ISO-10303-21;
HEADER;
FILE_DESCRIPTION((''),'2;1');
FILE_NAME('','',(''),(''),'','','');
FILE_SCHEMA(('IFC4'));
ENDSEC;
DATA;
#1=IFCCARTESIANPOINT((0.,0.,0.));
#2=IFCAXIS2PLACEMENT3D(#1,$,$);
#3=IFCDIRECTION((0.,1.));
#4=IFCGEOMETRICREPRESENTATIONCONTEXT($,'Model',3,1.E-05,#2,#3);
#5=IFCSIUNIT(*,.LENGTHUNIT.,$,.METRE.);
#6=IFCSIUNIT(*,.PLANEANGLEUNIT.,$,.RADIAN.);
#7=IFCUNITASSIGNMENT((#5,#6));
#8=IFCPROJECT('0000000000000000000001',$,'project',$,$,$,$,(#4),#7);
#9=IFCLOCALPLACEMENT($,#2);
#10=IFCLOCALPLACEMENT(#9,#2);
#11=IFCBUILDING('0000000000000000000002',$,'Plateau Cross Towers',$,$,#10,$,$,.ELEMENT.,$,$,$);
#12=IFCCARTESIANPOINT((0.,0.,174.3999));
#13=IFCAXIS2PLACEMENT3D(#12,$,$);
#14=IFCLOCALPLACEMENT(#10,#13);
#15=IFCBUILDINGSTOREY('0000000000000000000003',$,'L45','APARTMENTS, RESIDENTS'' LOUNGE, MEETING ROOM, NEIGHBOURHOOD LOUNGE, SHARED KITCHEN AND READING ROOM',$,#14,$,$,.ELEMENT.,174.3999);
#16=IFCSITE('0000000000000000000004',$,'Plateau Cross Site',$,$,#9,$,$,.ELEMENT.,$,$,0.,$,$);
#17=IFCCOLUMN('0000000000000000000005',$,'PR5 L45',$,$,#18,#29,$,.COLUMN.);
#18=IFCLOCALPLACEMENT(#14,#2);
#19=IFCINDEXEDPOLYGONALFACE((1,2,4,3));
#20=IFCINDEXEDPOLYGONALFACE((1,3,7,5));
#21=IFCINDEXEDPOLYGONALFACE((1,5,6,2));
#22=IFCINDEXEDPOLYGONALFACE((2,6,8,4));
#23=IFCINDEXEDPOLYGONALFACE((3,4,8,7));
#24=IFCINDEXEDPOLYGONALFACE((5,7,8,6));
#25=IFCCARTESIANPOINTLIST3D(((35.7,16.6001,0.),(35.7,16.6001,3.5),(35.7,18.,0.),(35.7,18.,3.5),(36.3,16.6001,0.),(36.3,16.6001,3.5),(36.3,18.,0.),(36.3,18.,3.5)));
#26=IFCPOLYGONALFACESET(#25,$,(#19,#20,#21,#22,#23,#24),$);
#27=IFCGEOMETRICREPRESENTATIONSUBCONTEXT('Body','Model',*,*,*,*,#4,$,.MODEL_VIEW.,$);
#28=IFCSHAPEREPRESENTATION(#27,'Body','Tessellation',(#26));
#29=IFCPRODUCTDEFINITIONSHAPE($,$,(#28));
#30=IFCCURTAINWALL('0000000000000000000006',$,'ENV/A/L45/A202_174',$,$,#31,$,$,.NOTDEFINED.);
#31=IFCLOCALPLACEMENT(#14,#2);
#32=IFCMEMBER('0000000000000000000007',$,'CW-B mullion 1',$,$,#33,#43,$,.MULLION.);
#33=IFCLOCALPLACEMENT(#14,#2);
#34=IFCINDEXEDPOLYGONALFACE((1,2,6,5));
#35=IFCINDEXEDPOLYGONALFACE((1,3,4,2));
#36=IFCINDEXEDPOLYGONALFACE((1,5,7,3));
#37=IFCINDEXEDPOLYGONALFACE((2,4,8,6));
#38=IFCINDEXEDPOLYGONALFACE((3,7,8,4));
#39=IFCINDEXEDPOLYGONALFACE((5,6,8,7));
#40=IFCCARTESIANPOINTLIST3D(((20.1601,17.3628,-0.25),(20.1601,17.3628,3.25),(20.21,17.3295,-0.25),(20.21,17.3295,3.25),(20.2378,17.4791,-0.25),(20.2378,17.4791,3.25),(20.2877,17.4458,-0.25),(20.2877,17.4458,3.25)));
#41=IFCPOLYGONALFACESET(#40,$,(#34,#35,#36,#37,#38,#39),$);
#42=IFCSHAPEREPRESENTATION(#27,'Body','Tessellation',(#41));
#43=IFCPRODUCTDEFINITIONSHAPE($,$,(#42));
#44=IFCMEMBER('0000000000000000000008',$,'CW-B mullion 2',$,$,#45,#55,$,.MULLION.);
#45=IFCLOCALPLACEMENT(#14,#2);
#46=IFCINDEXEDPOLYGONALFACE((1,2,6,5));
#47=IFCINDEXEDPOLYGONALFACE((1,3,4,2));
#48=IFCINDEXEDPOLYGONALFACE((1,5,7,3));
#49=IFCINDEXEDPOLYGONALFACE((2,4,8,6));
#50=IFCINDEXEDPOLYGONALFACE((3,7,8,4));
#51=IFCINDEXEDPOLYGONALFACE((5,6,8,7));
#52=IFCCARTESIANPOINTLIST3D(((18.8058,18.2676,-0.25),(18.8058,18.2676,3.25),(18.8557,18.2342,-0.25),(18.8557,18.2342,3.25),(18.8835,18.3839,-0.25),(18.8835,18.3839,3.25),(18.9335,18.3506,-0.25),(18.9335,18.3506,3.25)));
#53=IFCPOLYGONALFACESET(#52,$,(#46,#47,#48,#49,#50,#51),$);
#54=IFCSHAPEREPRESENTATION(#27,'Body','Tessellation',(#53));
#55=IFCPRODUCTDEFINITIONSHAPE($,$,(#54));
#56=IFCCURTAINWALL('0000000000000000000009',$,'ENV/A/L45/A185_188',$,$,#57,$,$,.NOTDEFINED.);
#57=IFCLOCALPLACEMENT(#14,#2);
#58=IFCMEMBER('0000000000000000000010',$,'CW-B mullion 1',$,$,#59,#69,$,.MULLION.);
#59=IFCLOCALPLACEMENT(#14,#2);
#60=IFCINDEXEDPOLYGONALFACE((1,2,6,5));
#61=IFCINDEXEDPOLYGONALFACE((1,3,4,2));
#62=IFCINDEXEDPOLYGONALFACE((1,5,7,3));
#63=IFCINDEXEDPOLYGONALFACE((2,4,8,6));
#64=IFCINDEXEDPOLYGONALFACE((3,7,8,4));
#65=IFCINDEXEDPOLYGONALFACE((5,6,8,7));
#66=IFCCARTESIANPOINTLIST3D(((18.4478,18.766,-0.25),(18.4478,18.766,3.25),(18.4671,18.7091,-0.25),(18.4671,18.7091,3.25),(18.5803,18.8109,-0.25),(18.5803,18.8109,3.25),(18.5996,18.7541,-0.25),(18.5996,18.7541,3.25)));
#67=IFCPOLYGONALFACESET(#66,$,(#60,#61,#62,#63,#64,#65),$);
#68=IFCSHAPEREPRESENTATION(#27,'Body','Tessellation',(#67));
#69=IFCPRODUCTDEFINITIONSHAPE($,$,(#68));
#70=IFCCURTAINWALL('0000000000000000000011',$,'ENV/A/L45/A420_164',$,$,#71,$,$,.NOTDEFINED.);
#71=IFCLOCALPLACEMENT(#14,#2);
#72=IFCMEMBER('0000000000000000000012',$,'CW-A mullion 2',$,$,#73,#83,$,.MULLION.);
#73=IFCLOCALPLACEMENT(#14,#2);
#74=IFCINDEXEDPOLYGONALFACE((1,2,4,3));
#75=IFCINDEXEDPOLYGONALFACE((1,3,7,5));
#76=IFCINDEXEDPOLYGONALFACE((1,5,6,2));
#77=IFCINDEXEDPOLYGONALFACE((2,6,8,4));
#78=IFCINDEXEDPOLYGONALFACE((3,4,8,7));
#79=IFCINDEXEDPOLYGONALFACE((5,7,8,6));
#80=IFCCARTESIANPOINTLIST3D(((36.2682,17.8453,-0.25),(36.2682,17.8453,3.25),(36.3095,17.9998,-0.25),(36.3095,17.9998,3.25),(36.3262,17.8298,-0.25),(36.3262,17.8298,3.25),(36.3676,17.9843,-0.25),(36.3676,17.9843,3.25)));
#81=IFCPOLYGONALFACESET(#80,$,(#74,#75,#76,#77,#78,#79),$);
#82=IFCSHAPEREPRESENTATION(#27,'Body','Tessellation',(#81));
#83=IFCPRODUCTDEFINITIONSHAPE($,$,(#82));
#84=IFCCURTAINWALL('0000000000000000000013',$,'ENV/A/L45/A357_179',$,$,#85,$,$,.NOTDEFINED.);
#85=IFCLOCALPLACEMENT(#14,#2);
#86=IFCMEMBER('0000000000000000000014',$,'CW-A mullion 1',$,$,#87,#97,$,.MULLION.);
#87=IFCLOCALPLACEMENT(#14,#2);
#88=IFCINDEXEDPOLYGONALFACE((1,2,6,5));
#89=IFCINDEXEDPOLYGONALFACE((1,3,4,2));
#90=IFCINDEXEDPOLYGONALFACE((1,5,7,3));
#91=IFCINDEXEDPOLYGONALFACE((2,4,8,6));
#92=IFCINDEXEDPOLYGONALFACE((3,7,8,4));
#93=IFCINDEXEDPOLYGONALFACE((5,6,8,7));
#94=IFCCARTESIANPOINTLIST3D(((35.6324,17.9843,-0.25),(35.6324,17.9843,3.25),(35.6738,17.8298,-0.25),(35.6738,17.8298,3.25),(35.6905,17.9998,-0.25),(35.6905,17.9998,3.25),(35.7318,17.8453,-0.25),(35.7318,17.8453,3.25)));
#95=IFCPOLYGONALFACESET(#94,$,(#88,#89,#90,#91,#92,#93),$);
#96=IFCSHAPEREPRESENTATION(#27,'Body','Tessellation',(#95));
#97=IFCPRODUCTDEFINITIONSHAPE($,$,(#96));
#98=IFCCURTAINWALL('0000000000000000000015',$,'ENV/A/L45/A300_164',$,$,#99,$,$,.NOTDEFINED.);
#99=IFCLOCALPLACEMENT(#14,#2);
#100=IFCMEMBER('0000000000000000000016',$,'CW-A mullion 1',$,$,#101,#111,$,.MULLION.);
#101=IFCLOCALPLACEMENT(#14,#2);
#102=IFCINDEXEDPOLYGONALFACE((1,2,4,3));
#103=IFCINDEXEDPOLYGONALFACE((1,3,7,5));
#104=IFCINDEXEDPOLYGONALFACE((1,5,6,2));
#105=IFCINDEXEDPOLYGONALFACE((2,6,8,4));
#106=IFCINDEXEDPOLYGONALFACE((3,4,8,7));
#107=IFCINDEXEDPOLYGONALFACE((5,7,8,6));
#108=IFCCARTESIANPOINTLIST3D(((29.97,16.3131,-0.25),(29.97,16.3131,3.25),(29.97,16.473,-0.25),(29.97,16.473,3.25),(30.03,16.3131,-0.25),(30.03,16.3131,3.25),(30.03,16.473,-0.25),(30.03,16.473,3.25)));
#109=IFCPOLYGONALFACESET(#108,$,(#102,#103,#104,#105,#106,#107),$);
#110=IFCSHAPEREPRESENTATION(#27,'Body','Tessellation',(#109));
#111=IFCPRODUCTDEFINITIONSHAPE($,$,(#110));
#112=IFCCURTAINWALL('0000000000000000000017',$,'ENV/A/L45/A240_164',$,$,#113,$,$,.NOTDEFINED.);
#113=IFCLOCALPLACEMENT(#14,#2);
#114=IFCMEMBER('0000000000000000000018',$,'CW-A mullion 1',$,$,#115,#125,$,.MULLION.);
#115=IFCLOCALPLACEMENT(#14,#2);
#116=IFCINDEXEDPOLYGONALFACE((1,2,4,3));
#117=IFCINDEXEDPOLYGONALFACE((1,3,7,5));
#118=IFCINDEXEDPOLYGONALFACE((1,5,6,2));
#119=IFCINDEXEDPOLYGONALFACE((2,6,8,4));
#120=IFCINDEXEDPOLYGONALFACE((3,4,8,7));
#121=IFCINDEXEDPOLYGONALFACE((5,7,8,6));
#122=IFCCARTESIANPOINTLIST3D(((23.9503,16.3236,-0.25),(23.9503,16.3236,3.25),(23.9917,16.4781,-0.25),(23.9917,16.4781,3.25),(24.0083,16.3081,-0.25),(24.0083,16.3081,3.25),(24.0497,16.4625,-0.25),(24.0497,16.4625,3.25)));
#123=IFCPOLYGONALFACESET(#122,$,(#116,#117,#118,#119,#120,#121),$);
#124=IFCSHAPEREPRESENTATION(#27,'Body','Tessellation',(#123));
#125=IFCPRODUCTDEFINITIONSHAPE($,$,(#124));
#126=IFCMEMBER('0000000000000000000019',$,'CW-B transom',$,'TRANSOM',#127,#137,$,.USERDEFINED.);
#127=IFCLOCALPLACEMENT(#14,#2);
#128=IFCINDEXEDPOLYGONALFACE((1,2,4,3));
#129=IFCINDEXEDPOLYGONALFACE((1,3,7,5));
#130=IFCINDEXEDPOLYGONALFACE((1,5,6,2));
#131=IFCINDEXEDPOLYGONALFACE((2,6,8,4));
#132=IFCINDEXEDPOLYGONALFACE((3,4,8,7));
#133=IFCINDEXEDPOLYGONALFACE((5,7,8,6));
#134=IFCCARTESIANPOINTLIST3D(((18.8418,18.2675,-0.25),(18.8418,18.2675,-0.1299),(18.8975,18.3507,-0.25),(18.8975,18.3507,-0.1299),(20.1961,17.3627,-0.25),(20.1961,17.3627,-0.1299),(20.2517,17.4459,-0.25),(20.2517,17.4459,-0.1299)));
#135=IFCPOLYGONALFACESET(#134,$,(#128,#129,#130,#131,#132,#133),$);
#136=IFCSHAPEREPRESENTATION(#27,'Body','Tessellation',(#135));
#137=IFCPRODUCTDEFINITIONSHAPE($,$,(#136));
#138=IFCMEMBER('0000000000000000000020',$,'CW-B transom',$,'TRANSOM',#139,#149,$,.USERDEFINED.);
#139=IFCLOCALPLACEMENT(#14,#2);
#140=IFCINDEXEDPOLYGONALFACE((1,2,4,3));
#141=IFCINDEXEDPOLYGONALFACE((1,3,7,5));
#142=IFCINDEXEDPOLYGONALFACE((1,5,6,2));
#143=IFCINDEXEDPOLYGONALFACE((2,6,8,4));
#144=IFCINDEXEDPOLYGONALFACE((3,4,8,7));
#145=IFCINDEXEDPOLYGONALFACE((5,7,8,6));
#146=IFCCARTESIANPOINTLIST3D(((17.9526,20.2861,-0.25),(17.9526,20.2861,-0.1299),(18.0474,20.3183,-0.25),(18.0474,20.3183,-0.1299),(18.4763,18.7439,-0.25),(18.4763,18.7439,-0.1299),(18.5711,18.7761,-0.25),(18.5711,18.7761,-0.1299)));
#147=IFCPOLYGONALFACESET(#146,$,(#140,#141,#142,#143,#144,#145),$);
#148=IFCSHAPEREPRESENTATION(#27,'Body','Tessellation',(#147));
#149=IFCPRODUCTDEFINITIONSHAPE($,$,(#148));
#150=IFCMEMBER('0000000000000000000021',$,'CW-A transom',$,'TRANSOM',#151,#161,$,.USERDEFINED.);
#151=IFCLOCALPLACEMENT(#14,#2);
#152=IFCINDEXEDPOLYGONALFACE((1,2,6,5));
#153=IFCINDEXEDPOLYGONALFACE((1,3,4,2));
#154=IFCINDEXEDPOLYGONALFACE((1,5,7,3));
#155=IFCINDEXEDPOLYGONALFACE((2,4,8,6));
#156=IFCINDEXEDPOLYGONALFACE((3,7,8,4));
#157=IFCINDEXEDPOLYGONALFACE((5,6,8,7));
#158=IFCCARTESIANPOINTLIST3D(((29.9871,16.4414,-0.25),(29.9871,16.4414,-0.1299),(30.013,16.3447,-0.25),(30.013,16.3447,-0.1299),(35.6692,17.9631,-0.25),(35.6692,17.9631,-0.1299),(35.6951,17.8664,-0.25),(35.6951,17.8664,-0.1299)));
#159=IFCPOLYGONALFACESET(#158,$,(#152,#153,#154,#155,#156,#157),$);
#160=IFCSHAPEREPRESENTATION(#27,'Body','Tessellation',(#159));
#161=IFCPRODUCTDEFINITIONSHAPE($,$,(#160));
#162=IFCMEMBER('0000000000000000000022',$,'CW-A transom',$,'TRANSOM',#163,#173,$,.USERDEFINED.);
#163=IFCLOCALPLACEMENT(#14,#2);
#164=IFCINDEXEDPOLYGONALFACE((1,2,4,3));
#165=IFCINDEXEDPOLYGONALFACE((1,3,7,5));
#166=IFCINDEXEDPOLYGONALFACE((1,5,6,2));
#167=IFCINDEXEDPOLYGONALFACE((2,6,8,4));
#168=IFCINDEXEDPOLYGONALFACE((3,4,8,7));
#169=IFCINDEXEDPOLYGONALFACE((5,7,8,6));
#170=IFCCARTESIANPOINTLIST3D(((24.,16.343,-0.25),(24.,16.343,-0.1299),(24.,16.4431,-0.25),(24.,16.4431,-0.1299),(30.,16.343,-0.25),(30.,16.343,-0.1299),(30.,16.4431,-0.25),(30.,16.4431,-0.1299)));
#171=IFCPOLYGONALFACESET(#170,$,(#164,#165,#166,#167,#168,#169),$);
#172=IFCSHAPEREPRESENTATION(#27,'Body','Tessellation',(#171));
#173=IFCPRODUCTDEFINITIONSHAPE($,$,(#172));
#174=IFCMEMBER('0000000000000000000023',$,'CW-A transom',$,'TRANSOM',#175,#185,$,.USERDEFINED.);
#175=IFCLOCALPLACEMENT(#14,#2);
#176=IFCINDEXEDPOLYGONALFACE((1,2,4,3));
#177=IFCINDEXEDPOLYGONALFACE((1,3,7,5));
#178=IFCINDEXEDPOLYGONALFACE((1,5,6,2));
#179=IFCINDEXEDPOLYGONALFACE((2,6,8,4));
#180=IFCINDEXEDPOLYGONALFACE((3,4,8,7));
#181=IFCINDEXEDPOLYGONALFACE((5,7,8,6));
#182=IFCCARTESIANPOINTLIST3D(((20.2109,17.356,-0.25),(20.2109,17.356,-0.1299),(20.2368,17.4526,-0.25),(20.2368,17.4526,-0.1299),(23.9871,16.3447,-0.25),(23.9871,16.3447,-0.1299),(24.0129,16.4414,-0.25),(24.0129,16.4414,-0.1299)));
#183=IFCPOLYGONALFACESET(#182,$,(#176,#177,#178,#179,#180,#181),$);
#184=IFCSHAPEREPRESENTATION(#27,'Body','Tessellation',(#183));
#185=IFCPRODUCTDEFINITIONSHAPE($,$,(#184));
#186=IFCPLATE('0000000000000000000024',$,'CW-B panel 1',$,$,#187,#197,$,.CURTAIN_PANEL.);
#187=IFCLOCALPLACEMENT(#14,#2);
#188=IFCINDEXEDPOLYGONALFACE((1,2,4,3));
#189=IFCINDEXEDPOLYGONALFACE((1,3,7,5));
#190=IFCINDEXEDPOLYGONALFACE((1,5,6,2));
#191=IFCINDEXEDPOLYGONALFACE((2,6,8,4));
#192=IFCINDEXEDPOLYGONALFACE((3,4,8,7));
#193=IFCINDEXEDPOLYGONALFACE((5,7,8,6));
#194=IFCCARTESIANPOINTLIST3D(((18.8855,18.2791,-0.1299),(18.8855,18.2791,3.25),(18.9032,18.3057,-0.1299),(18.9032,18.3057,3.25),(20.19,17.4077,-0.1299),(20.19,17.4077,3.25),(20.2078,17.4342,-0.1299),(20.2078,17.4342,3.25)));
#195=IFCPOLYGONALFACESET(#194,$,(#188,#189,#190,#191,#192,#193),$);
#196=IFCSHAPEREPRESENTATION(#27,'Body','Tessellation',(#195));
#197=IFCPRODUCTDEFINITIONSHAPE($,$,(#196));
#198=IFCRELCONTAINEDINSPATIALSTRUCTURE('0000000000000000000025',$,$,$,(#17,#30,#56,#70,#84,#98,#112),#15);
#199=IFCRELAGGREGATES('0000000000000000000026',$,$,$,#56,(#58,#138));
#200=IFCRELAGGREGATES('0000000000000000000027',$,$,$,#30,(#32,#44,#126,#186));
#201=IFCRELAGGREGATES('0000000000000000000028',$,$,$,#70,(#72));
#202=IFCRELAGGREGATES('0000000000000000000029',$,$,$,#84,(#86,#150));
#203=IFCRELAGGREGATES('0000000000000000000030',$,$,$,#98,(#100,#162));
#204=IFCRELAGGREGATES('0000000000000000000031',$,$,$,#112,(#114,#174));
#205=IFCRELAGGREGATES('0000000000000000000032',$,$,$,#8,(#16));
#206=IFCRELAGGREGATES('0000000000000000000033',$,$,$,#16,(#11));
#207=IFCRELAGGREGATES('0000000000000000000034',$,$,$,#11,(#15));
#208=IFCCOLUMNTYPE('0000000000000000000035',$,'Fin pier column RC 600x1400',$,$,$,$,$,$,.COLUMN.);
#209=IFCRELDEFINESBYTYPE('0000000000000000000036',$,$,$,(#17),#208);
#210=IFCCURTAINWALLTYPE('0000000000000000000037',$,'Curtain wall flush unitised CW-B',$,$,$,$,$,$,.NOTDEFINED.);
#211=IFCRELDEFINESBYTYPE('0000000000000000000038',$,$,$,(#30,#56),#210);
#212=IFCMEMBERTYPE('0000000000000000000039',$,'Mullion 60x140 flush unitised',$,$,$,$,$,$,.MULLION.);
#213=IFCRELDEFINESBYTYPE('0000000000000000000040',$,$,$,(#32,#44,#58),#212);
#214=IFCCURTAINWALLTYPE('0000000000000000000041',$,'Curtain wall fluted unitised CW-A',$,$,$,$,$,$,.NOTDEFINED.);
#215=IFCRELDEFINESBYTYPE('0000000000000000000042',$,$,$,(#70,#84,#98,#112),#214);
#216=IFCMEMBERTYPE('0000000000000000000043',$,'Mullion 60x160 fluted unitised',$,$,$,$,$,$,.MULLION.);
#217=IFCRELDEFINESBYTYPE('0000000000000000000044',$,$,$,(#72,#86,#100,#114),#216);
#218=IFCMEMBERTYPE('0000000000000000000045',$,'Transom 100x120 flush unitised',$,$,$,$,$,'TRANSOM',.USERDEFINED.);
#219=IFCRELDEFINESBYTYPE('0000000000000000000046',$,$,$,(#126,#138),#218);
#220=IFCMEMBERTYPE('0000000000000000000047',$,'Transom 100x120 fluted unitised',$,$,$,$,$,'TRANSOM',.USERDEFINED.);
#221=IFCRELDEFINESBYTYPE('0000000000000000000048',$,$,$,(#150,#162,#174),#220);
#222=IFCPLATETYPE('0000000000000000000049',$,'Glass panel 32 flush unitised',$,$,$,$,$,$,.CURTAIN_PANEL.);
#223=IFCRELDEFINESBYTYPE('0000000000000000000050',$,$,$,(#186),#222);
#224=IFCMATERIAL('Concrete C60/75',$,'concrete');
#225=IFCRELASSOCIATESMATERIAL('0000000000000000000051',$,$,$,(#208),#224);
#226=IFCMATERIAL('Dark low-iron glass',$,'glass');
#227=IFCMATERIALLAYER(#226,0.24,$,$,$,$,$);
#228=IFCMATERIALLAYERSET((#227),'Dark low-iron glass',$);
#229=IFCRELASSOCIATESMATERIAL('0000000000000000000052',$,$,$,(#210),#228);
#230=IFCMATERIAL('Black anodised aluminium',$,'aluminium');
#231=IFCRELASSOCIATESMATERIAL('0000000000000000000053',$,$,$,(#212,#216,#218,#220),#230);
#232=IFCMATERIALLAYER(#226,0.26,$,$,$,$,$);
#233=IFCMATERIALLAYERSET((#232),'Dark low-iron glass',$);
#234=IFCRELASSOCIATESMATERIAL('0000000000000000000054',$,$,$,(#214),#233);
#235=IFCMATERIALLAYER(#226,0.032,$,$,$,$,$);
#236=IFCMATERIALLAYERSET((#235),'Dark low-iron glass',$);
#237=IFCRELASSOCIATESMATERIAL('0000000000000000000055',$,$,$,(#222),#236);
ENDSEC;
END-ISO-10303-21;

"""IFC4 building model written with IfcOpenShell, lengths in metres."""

from ifc_helpers import new_model, si_unit, direction, frame, origin, origin_2d, place, context, subcontext, project, spatial, rectangle, extrude, material, layer, layer_set, material_profile, profile_set, type_object, element, aggregate, save


model = new_model("IFC4")

# Units and contexts
model_context = context("Model", 3, precision=1e-05, world=origin(), true_north=direction((0.0, 1.0)))
body_context = subcontext(model_context, "Body", "Model", "MODEL_VIEW")
ifc_project = project(units=[si_unit("LENGTHUNIT", "METRE"), si_unit("PLANEANGLEUNIT", "RADIAN")], contexts=[model_context])

# Site, building, storey
site_placement = place(None, origin())
site = spatial("IfcSite", under=ifc_project, at=site_placement, Name="Plateau Cross Site", CompositionType="ELEMENT", RefElevation=0.0)
building_placement = place(site_placement, origin())
building = spatial("IfcBuilding", under=site, at=building_placement, Name="Plateau Cross Towers", CompositionType="ELEMENT")
storey_placement = place(building_placement, frame((0.0, 0.0, 174.3999)))
storey = spatial("IfcBuildingStorey", under=building, at=storey_placement, Name="L45", Description="APARTMENTS, RESIDENTS' LOUNGE, MEETING ROOM, NEIGHBOURHOOD LOUNGE, SHARED KITCHEN AND READING ROOM", CompositionType="ELEMENT", Elevation=174.3999)

# Column
ifc_material_1 = material(Name="Concrete C60/75", Category="concrete")
ifc_material_profile_1 = material_profile(ifc_material_1, rectangle(XDim=0.6001, YDim=1.3999, at=origin_2d()), Name="RC 600x1400")
ifc_profile_set_1 = profile_set([ifc_material_profile_1], Name="Concrete C60/75")
column_type = type_object("IfcColumnType", Name="Fin pier column RC 600x1400", PredefinedType="COLUMN", material=ifc_profile_set_1)
column_placement = place(storey_placement, frame((36.0, 17.3, 0.0), z_axis=(0.0, 0.0, 1.0), x_axis=(1.0, 0.0, 0.0)))
element("IfcColumn", 1, at=column_placement, inside=storey, type_object=column_type, Name="PR5 L45", PredefinedType="COLUMN", context=body_context, shape_type="SweptSolid", body=[
    extrude(rectangle(XDim=0.6001, YDim=1.3999, at=origin_2d()), origin(), (0.0, 0.0, 1.0), 3.5),
])

# Curtain wall, members
ifc_material_2 = material(Name="Dark low-iron glass", Category="glass")
ifc_layer_1 = layer(ifc_material_2, 0.24)
ifc_layer_set_1 = layer_set([ifc_layer_1], Name="Dark low-iron glass")
curtain_wall_type_1 = type_object("IfcCurtainWallType", Name="Curtain wall flush unitised CW-B", PredefinedType="NOTDEFINED", material=ifc_layer_set_1)
curtain_wall_1_placement = place(storey_placement, origin())
curtain_wall_1 = element("IfcCurtainWall", 2, at=curtain_wall_1_placement, inside=storey, type_object=curtain_wall_type_1, Name="ENV/A/L45/A202_174", PredefinedType="NOTDEFINED")
ifc_material_3 = material(Name="Black anodised aluminium", Category="aluminium")
ifc_material_profile_2 = material_profile(ifc_material_3, rectangle(XDim=0.0601, YDim=0.1399, at=origin_2d()), Name="MULLION 60x140")
ifc_profile_set_2 = profile_set([ifc_material_profile_2], Name="Black anodised aluminium")
member_type_1 = type_object("IfcMemberType", Name="Mullion 60x140 flush unitised", PredefinedType="MULLION", material=ifc_profile_set_2)
member_1_placement = place(storey_placement, frame((20.2239, 17.4043, -0.25), z_axis=(0.0, 0.0, 1.0), x_axis=(-0.831521, 0.555493, 0.0)))
member_1 = element("IfcMember", 3, at=member_1_placement, type_object=member_type_1, Name="CW-B mullion 1", PredefinedType="MULLION", context=body_context, shape_type="SweptSolid", body=[
    extrude(rectangle(XDim=0.0601, YDim=0.1399, at=origin_2d()), origin(), (0.0, 0.0, 1.0), 3.5),
])
member_2_placement = place(storey_placement, frame((18.8696, 18.3091, -0.25), z_axis=(0.0, 0.0, 1.0), x_axis=(-0.831521, 0.555493, 0.0)))
member_2 = element("IfcMember", 4, at=member_2_placement, type_object=member_type_1, Name="CW-B mullion 2", PredefinedType="MULLION", context=body_context, shape_type="SweptSolid", body=[
    extrude(rectangle(XDim=0.0601, YDim=0.1399, at=origin_2d()), origin(), (0.0, 0.0, 1.0), 3.5),
])

# Curtain walls, members
curtain_wall_2_placement = place(storey_placement, origin())
curtain_wall_2 = element("IfcCurtainWall", 5, at=curtain_wall_2_placement, inside=storey, type_object=curtain_wall_type_1, Name="ENV/A/L45/A185_188", PredefinedType="NOTDEFINED")
member_3_placement = place(storey_placement, frame((18.5237, 18.76, -0.25), z_axis=(0.0, 0.0, 1.0), x_axis=(-0.321469, 0.94692, 0.0)))
member_3 = element("IfcMember", 6, at=member_3_placement, type_object=member_type_1, Name="CW-B mullion 1", PredefinedType="MULLION", context=body_context, shape_type="SweptSolid", body=[
    extrude(rectangle(XDim=0.0601, YDim=0.1399, at=origin_2d()), origin(), (0.0, 0.0, 1.0), 3.5),
])
ifc_layer_2 = layer(ifc_material_2, 0.26)
ifc_layer_set_2 = layer_set([ifc_layer_2], Name="Dark low-iron glass")
curtain_wall_type_2 = type_object("IfcCurtainWallType", Name="Curtain wall fluted unitised CW-A", PredefinedType="NOTDEFINED", material=ifc_layer_set_2)
curtain_wall_3_placement = place(storey_placement, origin())
curtain_wall_3 = element("IfcCurtainWall", 7, at=curtain_wall_3_placement, inside=storey, type_object=curtain_wall_type_2, Name="ENV/A/L45/A420_164", PredefinedType="NOTDEFINED")
ifc_material_profile_3 = material_profile(ifc_material_3, rectangle(XDim=0.0601, YDim=0.1599, at=origin_2d()), Name="MULLION 60x160")
ifc_profile_set_3 = profile_set([ifc_material_profile_3], Name="Black anodised aluminium")
member_type_2 = type_object("IfcMemberType", Name="Mullion 60x160 fluted unitised", PredefinedType="MULLION", material=ifc_profile_set_3)
member_4_placement = place(storey_placement, frame((36.3179, 17.9148, -0.25), z_axis=(0.0, 0.0, 1.0), x_axis=(-0.965958, 0.258699, 0.0)))
member_4 = element("IfcMember", 8, at=member_4_placement, type_object=member_type_2, Name="CW-A mullion 2", PredefinedType="MULLION", context=body_context, shape_type="SweptSolid", body=[
    extrude(rectangle(XDim=0.0601, YDim=0.1599, at=origin_2d()), origin(), (0.0, 0.0, 1.0), 3.5),
])
curtain_wall_4_placement = place(storey_placement, origin())
curtain_wall_4 = element("IfcCurtainWall", 9, at=curtain_wall_4_placement, inside=storey, type_object=curtain_wall_type_2, Name="ENV/A/L45/A357_179", PredefinedType="NOTDEFINED")
member_5_placement = place(storey_placement, frame((35.6821, 17.9148, -0.25), z_axis=(0.0, 0.0, 1.0), x_axis=(-0.965958, -0.258699, 0.0)))
member_5 = element("IfcMember", 10, at=member_5_placement, type_object=member_type_2, Name="CW-A mullion 1", PredefinedType="MULLION", context=body_context, shape_type="SweptSolid", body=[
    extrude(rectangle(XDim=0.0601, YDim=0.1599, at=origin_2d()), origin(), (0.0, 0.0, 1.0), 3.5),
])
curtain_wall_5_placement = place(storey_placement, origin())
curtain_wall_5 = element("IfcCurtainWall", 11, at=curtain_wall_5_placement, inside=storey, type_object=curtain_wall_type_2, Name="ENV/A/L45/A300_164", PredefinedType="NOTDEFINED")
member_6_placement = place(storey_placement, frame((30.0, 16.3931, -0.25), z_axis=(0.0, 0.0, 1.0), x_axis=(-1.0, 0.0, 0.0)))
member_6 = element("IfcMember", 12, at=member_6_placement, type_object=member_type_2, Name="CW-A mullion 1", PredefinedType="MULLION", context=body_context, shape_type="SweptSolid", body=[
    extrude(rectangle(XDim=0.0601, YDim=0.1599, at=origin_2d()), origin(), (0.0, 0.0, 1.0), 3.5),
])
curtain_wall_6_placement = place(storey_placement, origin())
curtain_wall_6 = element("IfcCurtainWall", 13, at=curtain_wall_6_placement, inside=storey, type_object=curtain_wall_type_2, Name="ENV/A/L45/A240_164", PredefinedType="NOTDEFINED")
member_7_placement = place(storey_placement, frame((24.0, 16.3931, -0.25), z_axis=(0.0, 0.0, 1.0), x_axis=(-0.965958, 0.258699, 0.0)))
member_7 = element("IfcMember", 14, at=member_7_placement, type_object=member_type_2, Name="CW-A mullion 1", PredefinedType="MULLION", context=body_context, shape_type="SweptSolid", body=[
    extrude(rectangle(XDim=0.0601, YDim=0.1599, at=origin_2d()), origin(), (0.0, 0.0, 1.0), 3.5),
])

# Members
ifc_material_profile_4 = material_profile(ifc_material_3, rectangle(XDim=0.1001, YDim=0.1201, at=origin_2d()), Name="TRANSOM 100x120")
ifc_profile_set_4 = profile_set([ifc_material_profile_4], Name="Black anodised aluminium")
member_type_3 = type_object("IfcMemberType", Name="Transom 100x120 flush unitised", ElementType="TRANSOM", PredefinedType="USERDEFINED", material=ifc_profile_set_4)
member_8_placement = place(storey_placement, frame((20.2239, 17.4043, -0.1899), z_axis=(-0.831496, 0.55553, 0.0), x_axis=(-0.55553, -0.831496, 0.0)))
member_8 = element("IfcMember", 15, at=member_8_placement, type_object=member_type_3, Name="CW-B transom", ObjectType="TRANSOM", PredefinedType="USERDEFINED", context=body_context, shape_type="SweptSolid", body=[
    extrude(rectangle(XDim=0.1001, YDim=0.1201, at=origin_2d()), origin(), (0.0, 0.0, 1.0), 1.6287),
])
member_9_placement = place(storey_placement, frame((18.5237, 18.76, -0.1899), z_axis=(-0.321529, 0.9469, 0.0), x_axis=(-0.9469, -0.321529, 0.0)))
member_9 = element("IfcMember", 16, at=member_9_placement, type_object=member_type_3, Name="CW-B transom", ObjectType="TRANSOM", PredefinedType="USERDEFINED", context=body_context, shape_type="SweptSolid", body=[
    extrude(rectangle(XDim=0.1001, YDim=0.1201, at=origin_2d()), origin(), (0.0, 0.0, 1.0), 1.6287),
])
aggregate(curtain_wall_2, [member_3, member_9])
ifc_material_profile_5 = material_profile(ifc_material_3, rectangle(XDim=0.1001, YDim=0.1201, at=origin_2d()), Name="TRANSOM 100x120")
ifc_profile_set_5 = profile_set([ifc_material_profile_5], Name="Black anodised aluminium")
member_type_4 = type_object("IfcMemberType", Name="Transom 100x120 fluted unitised", ElementType="TRANSOM", PredefinedType="USERDEFINED", material=ifc_profile_set_5)
member_10_placement = place(storey_placement, frame((35.6821, 17.9148, -0.1899), z_axis=(-0.96596, -0.258693, 0.0), x_axis=(0.258693, -0.96596, 0.0)))
member_10 = element("IfcMember", 17, at=member_10_placement, type_object=member_type_4, Name="CW-A transom", ObjectType="TRANSOM", PredefinedType="USERDEFINED", context=body_context, shape_type="SweptSolid", body=[
    extrude(rectangle(XDim=0.1001, YDim=0.1201, at=origin_2d()), origin(), (0.0, 0.0, 1.0), 5.8823),
])
member_11_placement = place(storey_placement, frame((30.0, 16.3931, -0.1899), z_axis=(-1.0, 0.0, 0.0), x_axis=(0.0, -1.0, 0.0)))
member_11 = element("IfcMember", 18, at=member_11_placement, type_object=member_type_4, Name="CW-A transom", ObjectType="TRANSOM", PredefinedType="USERDEFINED", context=body_context, shape_type="SweptSolid", body=[
    extrude(rectangle(XDim=0.1001, YDim=0.1201, at=origin_2d()), origin(), (0.0, 0.0, 1.0), 6.0),
])
member_12_placement = place(storey_placement, frame((24.0, 16.3931, -0.1899), z_axis=(-0.965963, 0.258681, 0.0), x_axis=(-0.258681, -0.965963, 0.0)))
member_12 = element("IfcMember", 19, at=member_12_placement, type_object=member_type_4, Name="CW-A transom", ObjectType="TRANSOM", PredefinedType="USERDEFINED", context=body_context, shape_type="SweptSolid", body=[
    extrude(rectangle(XDim=0.1001, YDim=0.1201, at=origin_2d()), origin(), (0.0, 0.0, 1.0), 3.9092),
])

# Plate
ifc_layer_3 = layer(ifc_material_2, 0.032)
ifc_layer_set_3 = layer_set([ifc_layer_3], Name="Dark low-iron glass")
plate_type_1 = type_object("IfcPlateType", Name="Glass panel 32 flush unitised", PredefinedType="CURTAIN_PANEL", material=ifc_layer_set_3)
plate_1_placement = place(storey_placement, frame((19.5466, 17.8567, -0.1299), z_axis=(0.0, 0.0, 1.0), x_axis=(-0.831521, 0.555493, 0.0)))
plate_1 = element("IfcPlate", 20, at=plate_1_placement, type_object=plate_type_1, Name="CW-B panel 1", PredefinedType="CURTAIN_PANEL", context=body_context, shape_type="SweptSolid", body=[
    extrude(rectangle(XDim=1.5688, YDim=0.032, at=origin_2d()), origin(), (0.0, 0.0, 1.0), 3.3799),
])
aggregate(curtain_wall_1, [member_1, member_2, member_8, plate_1])
aggregate(curtain_wall_3, [member_4])
aggregate(curtain_wall_4, [member_5, member_10])
aggregate(curtain_wall_5, [member_6, member_11])
aggregate(curtain_wall_6, [member_7, member_12])

save(model, "model.ifc")
